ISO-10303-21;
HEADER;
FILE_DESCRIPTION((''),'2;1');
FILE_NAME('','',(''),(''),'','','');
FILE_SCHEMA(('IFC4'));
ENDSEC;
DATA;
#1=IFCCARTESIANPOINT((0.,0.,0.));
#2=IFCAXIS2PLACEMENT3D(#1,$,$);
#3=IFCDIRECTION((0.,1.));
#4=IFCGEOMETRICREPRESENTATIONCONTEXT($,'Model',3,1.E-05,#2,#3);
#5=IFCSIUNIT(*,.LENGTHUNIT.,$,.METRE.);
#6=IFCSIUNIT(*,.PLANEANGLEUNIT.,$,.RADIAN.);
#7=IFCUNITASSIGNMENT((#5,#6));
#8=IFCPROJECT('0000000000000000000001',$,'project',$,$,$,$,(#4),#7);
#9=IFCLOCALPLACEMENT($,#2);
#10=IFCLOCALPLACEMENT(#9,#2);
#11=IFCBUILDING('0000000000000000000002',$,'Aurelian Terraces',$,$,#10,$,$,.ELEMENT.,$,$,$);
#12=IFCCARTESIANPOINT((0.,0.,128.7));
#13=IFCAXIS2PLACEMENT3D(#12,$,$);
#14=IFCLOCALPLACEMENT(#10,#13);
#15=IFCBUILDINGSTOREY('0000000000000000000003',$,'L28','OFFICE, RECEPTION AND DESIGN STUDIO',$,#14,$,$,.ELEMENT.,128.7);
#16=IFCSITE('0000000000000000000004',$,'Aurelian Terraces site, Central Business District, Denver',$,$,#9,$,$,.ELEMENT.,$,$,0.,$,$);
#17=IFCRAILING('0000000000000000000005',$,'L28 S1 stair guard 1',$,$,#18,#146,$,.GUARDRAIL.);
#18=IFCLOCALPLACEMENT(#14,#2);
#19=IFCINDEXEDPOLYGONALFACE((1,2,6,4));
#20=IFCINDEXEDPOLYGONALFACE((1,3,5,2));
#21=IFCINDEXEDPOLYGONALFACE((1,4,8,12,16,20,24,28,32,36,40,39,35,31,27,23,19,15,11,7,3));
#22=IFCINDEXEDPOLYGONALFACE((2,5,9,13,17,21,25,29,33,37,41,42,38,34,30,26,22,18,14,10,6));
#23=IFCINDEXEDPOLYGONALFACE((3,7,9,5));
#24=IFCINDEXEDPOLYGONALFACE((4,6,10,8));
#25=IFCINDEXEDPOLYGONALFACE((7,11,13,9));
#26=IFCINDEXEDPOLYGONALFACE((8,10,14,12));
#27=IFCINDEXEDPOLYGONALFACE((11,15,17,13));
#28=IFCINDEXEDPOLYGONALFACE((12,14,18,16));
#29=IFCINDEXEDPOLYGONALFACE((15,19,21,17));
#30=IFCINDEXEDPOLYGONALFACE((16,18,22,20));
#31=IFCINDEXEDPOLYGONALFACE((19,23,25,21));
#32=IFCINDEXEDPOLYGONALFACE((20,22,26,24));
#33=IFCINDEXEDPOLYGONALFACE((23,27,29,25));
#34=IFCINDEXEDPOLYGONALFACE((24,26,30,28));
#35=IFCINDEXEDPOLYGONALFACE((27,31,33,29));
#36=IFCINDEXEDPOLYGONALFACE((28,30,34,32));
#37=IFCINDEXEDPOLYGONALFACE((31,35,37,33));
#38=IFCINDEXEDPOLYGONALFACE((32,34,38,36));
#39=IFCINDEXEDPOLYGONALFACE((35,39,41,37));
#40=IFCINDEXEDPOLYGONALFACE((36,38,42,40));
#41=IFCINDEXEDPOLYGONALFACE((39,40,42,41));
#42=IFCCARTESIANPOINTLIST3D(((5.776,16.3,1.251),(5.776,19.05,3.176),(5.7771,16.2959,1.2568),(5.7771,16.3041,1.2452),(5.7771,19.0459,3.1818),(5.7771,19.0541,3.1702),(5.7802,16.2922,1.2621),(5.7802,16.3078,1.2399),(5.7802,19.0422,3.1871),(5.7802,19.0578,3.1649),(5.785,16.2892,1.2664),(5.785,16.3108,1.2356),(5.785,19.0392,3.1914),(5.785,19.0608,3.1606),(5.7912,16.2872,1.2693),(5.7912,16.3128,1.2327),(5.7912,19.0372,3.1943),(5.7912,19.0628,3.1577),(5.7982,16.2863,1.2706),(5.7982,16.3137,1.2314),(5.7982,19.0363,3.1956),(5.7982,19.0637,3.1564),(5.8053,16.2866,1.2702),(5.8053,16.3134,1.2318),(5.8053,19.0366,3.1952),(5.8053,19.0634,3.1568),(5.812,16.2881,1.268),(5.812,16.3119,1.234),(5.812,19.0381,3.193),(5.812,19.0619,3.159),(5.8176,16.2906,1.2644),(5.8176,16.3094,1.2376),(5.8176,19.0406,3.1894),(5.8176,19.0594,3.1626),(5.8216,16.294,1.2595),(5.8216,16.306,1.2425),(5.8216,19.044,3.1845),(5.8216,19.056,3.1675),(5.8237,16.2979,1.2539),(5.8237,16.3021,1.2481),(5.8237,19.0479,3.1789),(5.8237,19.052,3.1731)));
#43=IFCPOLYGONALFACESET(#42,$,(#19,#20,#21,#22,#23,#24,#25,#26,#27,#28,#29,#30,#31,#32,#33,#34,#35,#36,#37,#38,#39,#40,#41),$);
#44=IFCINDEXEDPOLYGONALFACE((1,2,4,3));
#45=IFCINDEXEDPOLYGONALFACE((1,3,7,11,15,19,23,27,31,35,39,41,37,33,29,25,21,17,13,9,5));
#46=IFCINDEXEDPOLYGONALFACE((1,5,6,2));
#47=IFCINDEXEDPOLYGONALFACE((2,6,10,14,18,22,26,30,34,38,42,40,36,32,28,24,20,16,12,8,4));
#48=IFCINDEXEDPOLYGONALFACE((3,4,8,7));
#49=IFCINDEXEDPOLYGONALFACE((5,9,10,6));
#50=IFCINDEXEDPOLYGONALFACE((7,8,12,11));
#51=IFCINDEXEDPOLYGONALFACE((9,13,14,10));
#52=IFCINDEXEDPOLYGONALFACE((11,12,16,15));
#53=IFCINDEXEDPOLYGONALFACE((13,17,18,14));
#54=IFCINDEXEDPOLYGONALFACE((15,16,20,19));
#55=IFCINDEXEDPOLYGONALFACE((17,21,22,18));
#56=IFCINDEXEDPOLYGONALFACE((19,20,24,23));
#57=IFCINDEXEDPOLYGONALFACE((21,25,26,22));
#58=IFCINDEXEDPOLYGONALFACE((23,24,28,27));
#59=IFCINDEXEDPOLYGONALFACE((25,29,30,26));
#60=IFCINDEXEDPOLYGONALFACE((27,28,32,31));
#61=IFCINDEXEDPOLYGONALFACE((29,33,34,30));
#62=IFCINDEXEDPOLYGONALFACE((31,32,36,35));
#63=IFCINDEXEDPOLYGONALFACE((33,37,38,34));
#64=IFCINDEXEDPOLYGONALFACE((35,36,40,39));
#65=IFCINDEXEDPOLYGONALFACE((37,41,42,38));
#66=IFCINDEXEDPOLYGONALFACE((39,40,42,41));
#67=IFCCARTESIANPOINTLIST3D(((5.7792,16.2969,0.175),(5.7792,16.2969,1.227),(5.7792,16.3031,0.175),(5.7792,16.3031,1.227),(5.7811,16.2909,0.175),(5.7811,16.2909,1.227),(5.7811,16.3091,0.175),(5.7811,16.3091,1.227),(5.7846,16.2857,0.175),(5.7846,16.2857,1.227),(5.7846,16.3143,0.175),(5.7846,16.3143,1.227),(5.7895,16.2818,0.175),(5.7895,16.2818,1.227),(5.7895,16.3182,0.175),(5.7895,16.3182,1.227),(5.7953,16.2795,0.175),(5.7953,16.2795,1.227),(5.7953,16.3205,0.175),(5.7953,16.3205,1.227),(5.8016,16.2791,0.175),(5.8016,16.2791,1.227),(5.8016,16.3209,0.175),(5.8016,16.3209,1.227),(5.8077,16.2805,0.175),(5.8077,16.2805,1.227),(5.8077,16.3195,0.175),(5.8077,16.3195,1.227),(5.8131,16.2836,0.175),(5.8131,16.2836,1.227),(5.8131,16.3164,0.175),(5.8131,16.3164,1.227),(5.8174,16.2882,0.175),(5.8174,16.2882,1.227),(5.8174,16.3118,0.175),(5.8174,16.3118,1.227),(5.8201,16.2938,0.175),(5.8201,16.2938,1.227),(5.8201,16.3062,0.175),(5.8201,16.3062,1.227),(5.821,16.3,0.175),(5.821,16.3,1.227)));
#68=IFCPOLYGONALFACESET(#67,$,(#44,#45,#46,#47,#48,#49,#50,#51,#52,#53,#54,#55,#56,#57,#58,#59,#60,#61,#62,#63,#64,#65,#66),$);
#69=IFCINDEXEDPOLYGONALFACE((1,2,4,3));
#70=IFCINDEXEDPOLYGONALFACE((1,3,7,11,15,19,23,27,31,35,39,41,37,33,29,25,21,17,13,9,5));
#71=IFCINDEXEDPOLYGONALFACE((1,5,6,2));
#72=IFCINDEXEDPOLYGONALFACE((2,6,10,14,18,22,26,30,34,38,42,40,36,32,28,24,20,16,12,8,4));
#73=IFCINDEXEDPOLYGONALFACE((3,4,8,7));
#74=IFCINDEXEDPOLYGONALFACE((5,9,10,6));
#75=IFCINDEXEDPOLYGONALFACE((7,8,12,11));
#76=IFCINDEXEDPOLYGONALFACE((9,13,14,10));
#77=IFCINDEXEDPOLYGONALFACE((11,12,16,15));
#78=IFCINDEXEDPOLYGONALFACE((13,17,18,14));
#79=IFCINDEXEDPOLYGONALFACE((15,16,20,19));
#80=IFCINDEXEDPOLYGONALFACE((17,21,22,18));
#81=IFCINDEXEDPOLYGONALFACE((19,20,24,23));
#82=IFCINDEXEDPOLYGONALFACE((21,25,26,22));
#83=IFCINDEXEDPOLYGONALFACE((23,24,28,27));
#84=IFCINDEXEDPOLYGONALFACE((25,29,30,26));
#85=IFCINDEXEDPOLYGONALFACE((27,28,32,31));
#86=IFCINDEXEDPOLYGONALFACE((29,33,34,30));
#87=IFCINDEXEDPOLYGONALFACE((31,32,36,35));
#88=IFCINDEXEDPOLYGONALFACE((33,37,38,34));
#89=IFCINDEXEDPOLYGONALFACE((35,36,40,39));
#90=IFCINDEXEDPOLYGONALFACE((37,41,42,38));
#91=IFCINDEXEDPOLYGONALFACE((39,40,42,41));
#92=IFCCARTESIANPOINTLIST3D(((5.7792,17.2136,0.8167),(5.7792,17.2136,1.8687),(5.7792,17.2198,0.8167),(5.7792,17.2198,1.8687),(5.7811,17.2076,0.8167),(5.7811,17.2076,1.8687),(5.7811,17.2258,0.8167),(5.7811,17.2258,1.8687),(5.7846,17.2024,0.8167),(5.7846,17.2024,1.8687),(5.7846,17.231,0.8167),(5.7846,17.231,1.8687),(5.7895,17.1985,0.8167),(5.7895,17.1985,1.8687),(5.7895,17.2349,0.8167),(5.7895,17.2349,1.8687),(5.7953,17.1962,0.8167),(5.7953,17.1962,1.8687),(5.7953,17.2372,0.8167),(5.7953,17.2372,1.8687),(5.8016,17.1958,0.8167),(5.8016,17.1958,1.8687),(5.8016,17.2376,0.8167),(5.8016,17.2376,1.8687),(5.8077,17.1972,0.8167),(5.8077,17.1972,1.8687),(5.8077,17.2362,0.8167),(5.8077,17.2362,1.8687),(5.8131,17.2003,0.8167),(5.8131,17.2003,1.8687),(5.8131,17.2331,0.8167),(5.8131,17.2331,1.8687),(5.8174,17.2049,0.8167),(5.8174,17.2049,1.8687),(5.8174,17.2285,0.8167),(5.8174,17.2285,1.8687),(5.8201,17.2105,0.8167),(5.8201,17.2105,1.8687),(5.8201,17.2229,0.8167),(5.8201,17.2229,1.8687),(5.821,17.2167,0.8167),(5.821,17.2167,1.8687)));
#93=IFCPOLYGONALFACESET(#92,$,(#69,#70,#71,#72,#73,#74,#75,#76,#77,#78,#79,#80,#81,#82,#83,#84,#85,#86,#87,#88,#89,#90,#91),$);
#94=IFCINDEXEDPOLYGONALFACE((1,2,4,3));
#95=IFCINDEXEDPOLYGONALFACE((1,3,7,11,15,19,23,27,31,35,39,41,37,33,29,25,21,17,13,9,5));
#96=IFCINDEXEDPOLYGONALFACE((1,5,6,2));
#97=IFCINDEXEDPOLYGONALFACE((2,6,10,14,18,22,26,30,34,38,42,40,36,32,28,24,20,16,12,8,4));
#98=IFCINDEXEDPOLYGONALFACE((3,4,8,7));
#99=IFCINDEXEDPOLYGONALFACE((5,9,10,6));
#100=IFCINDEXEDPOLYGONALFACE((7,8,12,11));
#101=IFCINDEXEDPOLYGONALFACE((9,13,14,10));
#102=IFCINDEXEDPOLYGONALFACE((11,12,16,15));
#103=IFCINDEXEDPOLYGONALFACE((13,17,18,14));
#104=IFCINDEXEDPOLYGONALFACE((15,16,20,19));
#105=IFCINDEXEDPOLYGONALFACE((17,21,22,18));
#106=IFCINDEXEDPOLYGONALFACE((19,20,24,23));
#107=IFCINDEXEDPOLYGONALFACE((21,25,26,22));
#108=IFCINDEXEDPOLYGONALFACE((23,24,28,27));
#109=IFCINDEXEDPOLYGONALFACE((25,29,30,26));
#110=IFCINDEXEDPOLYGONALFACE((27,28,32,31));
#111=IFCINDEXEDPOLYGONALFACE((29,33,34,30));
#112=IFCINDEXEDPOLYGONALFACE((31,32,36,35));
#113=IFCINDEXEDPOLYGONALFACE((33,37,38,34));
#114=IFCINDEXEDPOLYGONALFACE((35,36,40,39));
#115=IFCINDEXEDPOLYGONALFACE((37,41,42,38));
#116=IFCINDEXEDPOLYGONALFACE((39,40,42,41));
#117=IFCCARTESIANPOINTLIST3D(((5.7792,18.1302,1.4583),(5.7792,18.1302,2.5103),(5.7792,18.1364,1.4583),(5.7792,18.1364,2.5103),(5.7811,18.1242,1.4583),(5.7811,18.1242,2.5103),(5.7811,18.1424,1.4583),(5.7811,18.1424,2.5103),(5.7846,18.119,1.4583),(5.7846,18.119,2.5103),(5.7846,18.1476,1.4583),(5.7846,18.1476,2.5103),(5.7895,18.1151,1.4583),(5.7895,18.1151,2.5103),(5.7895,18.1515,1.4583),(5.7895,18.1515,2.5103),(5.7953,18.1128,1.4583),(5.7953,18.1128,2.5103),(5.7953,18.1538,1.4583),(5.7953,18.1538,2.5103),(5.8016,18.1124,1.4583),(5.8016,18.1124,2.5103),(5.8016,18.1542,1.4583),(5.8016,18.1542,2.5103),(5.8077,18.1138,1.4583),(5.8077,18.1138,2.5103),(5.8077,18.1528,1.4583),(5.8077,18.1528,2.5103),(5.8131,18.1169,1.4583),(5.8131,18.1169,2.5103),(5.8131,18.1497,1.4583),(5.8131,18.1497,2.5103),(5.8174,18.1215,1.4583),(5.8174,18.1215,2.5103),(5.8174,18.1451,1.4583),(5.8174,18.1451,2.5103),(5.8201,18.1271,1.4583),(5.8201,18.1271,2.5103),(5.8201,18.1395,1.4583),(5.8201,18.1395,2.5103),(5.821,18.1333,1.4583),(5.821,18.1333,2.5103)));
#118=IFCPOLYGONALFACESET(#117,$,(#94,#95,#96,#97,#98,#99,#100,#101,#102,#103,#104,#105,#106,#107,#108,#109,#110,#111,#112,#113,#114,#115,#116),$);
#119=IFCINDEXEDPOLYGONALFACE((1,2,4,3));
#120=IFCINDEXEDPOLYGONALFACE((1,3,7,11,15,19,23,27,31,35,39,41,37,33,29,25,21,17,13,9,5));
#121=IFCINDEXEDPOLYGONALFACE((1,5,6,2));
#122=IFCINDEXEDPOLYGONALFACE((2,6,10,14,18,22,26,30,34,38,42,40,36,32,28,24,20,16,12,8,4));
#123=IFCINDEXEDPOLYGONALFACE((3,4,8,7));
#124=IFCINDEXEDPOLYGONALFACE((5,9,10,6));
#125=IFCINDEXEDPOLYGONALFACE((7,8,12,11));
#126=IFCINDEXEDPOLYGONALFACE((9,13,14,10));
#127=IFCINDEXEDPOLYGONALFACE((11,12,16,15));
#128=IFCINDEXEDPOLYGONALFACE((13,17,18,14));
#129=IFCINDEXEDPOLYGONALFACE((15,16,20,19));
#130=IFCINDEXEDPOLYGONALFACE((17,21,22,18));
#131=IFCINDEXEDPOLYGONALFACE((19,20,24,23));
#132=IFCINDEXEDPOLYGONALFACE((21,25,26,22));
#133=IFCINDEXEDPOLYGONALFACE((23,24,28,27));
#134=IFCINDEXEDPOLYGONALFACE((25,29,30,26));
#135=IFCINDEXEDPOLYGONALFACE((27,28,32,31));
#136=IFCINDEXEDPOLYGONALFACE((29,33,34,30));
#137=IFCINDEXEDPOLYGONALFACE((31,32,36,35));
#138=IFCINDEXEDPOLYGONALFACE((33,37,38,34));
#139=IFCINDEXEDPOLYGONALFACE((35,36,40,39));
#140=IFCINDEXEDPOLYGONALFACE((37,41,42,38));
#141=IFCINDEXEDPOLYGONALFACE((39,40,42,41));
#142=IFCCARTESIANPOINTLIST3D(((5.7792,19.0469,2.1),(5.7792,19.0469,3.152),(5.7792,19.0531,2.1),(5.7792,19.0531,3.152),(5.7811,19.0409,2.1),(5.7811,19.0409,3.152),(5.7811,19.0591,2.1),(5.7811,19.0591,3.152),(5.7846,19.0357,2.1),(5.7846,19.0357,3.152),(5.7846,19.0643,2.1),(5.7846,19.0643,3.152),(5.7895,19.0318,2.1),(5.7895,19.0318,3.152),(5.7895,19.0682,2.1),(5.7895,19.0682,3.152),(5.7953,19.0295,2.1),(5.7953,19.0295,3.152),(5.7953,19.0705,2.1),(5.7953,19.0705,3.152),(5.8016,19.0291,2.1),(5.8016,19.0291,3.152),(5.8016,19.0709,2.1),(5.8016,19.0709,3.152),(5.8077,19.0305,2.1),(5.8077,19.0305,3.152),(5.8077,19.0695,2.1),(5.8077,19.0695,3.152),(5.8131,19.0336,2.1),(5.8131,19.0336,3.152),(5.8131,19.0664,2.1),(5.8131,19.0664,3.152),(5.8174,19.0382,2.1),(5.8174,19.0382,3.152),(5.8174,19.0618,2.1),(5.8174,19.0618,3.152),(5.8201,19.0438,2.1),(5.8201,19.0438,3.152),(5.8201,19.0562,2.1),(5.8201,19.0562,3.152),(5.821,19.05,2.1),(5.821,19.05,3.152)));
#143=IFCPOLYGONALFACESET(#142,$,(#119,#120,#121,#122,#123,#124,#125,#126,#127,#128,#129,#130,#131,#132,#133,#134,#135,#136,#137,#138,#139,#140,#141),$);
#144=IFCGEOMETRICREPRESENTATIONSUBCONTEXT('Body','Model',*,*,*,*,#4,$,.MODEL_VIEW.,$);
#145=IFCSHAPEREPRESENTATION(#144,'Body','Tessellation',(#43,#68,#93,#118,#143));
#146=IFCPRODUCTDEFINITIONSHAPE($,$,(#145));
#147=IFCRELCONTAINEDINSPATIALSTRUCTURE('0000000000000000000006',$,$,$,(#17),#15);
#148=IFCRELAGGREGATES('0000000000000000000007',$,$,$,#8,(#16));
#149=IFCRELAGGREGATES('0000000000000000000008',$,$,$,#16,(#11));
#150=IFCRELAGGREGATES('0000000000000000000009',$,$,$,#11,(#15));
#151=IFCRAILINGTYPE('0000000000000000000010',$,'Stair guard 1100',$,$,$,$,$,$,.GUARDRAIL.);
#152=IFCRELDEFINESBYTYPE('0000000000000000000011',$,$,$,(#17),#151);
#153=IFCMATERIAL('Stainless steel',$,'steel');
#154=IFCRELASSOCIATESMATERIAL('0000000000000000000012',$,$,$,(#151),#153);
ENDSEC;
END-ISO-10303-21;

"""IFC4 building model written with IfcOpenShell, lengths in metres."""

from ifc_helpers import new_model, si_unit, direction, frame, origin, origin_2d, place, context, subcontext, project, spatial, circle, extrude, source, transform, mapped, material, type_object, element, save


model = new_model("IFC4")

# Units and contexts
model_context = context("Model", 3, precision=1e-05, world=origin(), true_north=direction((0.0, 1.0)))
body_context = subcontext(model_context, "Body", "Model", "MODEL_VIEW")
ifc_project = project(units=[si_unit("LENGTHUNIT", "METRE"), si_unit("PLANEANGLEUNIT", "RADIAN")], contexts=[model_context])

# Site, building, storey
site_placement = place(None, origin())
site = spatial("IfcSite", under=ifc_project, at=site_placement, Name="Aurelian Terraces site, Central Business District, Denver", CompositionType="ELEMENT", RefElevation=0.0)
building_placement = place(site_placement, origin())
building = spatial("IfcBuilding", under=site, at=building_placement, Name="Aurelian Terraces", CompositionType="ELEMENT")
storey_placement = place(building_placement, frame((0.0, 0.0, 128.7)))
storey = spatial("IfcBuildingStorey", under=building, at=storey_placement, Name="L28", Description="OFFICE, RECEPTION AND DESIGN STUDIO", CompositionType="ELEMENT", Elevation=128.7)

# Railing
ifc_material_1 = material(Name="Stainless steel", Category="steel")
railing_type_1 = type_object("IfcRailingType", Name="Stair guard 1100", PredefinedType="GUARDRAIL", material=ifc_material_1)
shared_shape_1 = source(origin(), body_context, "Body", "SweptSolid", [
    extrude(circle(Radius=0.024, at=origin_2d()), frame((0.0, 0.0, 1.076), z_axis=(0.0, 0.819232, 0.573462), x_axis=(-1.0, 0.0, 0.0)), (0.0, 0.0, 1.0), 3.3568),
    extrude(circle(Radius=0.021, at=origin_2d()), origin(), (0.0, 0.0, 1.0), 1.052),
    extrude(circle(Radius=0.021, at=origin_2d()), frame((0.0, 0.9167, 0.6417)), (0.0, 0.0, 1.0), 1.052),
    extrude(circle(Radius=0.021, at=origin_2d()), frame((0.0, 1.8333, 1.2833)), (0.0, 0.0, 1.0), 1.052),
    extrude(circle(Radius=0.021, at=origin_2d()), frame((0.0, 2.75, 1.925)), (0.0, 0.0, 1.0), 1.052),
])
railing_1_placement = place(storey_placement, frame((5.8, 16.3, 0.175)))
element("IfcRailing", 1, at=railing_1_placement, inside=storey, type_object=railing_type_1, Name="L28 S1 stair guard 1", PredefinedType="GUARDRAIL", context=body_context, shape_type="MappedRepresentation", body=[
    mapped(shared_shape_1, transform((0.0, 0.0, 0.0), scale=1.0)),
])

save(model, "model.ifc")
